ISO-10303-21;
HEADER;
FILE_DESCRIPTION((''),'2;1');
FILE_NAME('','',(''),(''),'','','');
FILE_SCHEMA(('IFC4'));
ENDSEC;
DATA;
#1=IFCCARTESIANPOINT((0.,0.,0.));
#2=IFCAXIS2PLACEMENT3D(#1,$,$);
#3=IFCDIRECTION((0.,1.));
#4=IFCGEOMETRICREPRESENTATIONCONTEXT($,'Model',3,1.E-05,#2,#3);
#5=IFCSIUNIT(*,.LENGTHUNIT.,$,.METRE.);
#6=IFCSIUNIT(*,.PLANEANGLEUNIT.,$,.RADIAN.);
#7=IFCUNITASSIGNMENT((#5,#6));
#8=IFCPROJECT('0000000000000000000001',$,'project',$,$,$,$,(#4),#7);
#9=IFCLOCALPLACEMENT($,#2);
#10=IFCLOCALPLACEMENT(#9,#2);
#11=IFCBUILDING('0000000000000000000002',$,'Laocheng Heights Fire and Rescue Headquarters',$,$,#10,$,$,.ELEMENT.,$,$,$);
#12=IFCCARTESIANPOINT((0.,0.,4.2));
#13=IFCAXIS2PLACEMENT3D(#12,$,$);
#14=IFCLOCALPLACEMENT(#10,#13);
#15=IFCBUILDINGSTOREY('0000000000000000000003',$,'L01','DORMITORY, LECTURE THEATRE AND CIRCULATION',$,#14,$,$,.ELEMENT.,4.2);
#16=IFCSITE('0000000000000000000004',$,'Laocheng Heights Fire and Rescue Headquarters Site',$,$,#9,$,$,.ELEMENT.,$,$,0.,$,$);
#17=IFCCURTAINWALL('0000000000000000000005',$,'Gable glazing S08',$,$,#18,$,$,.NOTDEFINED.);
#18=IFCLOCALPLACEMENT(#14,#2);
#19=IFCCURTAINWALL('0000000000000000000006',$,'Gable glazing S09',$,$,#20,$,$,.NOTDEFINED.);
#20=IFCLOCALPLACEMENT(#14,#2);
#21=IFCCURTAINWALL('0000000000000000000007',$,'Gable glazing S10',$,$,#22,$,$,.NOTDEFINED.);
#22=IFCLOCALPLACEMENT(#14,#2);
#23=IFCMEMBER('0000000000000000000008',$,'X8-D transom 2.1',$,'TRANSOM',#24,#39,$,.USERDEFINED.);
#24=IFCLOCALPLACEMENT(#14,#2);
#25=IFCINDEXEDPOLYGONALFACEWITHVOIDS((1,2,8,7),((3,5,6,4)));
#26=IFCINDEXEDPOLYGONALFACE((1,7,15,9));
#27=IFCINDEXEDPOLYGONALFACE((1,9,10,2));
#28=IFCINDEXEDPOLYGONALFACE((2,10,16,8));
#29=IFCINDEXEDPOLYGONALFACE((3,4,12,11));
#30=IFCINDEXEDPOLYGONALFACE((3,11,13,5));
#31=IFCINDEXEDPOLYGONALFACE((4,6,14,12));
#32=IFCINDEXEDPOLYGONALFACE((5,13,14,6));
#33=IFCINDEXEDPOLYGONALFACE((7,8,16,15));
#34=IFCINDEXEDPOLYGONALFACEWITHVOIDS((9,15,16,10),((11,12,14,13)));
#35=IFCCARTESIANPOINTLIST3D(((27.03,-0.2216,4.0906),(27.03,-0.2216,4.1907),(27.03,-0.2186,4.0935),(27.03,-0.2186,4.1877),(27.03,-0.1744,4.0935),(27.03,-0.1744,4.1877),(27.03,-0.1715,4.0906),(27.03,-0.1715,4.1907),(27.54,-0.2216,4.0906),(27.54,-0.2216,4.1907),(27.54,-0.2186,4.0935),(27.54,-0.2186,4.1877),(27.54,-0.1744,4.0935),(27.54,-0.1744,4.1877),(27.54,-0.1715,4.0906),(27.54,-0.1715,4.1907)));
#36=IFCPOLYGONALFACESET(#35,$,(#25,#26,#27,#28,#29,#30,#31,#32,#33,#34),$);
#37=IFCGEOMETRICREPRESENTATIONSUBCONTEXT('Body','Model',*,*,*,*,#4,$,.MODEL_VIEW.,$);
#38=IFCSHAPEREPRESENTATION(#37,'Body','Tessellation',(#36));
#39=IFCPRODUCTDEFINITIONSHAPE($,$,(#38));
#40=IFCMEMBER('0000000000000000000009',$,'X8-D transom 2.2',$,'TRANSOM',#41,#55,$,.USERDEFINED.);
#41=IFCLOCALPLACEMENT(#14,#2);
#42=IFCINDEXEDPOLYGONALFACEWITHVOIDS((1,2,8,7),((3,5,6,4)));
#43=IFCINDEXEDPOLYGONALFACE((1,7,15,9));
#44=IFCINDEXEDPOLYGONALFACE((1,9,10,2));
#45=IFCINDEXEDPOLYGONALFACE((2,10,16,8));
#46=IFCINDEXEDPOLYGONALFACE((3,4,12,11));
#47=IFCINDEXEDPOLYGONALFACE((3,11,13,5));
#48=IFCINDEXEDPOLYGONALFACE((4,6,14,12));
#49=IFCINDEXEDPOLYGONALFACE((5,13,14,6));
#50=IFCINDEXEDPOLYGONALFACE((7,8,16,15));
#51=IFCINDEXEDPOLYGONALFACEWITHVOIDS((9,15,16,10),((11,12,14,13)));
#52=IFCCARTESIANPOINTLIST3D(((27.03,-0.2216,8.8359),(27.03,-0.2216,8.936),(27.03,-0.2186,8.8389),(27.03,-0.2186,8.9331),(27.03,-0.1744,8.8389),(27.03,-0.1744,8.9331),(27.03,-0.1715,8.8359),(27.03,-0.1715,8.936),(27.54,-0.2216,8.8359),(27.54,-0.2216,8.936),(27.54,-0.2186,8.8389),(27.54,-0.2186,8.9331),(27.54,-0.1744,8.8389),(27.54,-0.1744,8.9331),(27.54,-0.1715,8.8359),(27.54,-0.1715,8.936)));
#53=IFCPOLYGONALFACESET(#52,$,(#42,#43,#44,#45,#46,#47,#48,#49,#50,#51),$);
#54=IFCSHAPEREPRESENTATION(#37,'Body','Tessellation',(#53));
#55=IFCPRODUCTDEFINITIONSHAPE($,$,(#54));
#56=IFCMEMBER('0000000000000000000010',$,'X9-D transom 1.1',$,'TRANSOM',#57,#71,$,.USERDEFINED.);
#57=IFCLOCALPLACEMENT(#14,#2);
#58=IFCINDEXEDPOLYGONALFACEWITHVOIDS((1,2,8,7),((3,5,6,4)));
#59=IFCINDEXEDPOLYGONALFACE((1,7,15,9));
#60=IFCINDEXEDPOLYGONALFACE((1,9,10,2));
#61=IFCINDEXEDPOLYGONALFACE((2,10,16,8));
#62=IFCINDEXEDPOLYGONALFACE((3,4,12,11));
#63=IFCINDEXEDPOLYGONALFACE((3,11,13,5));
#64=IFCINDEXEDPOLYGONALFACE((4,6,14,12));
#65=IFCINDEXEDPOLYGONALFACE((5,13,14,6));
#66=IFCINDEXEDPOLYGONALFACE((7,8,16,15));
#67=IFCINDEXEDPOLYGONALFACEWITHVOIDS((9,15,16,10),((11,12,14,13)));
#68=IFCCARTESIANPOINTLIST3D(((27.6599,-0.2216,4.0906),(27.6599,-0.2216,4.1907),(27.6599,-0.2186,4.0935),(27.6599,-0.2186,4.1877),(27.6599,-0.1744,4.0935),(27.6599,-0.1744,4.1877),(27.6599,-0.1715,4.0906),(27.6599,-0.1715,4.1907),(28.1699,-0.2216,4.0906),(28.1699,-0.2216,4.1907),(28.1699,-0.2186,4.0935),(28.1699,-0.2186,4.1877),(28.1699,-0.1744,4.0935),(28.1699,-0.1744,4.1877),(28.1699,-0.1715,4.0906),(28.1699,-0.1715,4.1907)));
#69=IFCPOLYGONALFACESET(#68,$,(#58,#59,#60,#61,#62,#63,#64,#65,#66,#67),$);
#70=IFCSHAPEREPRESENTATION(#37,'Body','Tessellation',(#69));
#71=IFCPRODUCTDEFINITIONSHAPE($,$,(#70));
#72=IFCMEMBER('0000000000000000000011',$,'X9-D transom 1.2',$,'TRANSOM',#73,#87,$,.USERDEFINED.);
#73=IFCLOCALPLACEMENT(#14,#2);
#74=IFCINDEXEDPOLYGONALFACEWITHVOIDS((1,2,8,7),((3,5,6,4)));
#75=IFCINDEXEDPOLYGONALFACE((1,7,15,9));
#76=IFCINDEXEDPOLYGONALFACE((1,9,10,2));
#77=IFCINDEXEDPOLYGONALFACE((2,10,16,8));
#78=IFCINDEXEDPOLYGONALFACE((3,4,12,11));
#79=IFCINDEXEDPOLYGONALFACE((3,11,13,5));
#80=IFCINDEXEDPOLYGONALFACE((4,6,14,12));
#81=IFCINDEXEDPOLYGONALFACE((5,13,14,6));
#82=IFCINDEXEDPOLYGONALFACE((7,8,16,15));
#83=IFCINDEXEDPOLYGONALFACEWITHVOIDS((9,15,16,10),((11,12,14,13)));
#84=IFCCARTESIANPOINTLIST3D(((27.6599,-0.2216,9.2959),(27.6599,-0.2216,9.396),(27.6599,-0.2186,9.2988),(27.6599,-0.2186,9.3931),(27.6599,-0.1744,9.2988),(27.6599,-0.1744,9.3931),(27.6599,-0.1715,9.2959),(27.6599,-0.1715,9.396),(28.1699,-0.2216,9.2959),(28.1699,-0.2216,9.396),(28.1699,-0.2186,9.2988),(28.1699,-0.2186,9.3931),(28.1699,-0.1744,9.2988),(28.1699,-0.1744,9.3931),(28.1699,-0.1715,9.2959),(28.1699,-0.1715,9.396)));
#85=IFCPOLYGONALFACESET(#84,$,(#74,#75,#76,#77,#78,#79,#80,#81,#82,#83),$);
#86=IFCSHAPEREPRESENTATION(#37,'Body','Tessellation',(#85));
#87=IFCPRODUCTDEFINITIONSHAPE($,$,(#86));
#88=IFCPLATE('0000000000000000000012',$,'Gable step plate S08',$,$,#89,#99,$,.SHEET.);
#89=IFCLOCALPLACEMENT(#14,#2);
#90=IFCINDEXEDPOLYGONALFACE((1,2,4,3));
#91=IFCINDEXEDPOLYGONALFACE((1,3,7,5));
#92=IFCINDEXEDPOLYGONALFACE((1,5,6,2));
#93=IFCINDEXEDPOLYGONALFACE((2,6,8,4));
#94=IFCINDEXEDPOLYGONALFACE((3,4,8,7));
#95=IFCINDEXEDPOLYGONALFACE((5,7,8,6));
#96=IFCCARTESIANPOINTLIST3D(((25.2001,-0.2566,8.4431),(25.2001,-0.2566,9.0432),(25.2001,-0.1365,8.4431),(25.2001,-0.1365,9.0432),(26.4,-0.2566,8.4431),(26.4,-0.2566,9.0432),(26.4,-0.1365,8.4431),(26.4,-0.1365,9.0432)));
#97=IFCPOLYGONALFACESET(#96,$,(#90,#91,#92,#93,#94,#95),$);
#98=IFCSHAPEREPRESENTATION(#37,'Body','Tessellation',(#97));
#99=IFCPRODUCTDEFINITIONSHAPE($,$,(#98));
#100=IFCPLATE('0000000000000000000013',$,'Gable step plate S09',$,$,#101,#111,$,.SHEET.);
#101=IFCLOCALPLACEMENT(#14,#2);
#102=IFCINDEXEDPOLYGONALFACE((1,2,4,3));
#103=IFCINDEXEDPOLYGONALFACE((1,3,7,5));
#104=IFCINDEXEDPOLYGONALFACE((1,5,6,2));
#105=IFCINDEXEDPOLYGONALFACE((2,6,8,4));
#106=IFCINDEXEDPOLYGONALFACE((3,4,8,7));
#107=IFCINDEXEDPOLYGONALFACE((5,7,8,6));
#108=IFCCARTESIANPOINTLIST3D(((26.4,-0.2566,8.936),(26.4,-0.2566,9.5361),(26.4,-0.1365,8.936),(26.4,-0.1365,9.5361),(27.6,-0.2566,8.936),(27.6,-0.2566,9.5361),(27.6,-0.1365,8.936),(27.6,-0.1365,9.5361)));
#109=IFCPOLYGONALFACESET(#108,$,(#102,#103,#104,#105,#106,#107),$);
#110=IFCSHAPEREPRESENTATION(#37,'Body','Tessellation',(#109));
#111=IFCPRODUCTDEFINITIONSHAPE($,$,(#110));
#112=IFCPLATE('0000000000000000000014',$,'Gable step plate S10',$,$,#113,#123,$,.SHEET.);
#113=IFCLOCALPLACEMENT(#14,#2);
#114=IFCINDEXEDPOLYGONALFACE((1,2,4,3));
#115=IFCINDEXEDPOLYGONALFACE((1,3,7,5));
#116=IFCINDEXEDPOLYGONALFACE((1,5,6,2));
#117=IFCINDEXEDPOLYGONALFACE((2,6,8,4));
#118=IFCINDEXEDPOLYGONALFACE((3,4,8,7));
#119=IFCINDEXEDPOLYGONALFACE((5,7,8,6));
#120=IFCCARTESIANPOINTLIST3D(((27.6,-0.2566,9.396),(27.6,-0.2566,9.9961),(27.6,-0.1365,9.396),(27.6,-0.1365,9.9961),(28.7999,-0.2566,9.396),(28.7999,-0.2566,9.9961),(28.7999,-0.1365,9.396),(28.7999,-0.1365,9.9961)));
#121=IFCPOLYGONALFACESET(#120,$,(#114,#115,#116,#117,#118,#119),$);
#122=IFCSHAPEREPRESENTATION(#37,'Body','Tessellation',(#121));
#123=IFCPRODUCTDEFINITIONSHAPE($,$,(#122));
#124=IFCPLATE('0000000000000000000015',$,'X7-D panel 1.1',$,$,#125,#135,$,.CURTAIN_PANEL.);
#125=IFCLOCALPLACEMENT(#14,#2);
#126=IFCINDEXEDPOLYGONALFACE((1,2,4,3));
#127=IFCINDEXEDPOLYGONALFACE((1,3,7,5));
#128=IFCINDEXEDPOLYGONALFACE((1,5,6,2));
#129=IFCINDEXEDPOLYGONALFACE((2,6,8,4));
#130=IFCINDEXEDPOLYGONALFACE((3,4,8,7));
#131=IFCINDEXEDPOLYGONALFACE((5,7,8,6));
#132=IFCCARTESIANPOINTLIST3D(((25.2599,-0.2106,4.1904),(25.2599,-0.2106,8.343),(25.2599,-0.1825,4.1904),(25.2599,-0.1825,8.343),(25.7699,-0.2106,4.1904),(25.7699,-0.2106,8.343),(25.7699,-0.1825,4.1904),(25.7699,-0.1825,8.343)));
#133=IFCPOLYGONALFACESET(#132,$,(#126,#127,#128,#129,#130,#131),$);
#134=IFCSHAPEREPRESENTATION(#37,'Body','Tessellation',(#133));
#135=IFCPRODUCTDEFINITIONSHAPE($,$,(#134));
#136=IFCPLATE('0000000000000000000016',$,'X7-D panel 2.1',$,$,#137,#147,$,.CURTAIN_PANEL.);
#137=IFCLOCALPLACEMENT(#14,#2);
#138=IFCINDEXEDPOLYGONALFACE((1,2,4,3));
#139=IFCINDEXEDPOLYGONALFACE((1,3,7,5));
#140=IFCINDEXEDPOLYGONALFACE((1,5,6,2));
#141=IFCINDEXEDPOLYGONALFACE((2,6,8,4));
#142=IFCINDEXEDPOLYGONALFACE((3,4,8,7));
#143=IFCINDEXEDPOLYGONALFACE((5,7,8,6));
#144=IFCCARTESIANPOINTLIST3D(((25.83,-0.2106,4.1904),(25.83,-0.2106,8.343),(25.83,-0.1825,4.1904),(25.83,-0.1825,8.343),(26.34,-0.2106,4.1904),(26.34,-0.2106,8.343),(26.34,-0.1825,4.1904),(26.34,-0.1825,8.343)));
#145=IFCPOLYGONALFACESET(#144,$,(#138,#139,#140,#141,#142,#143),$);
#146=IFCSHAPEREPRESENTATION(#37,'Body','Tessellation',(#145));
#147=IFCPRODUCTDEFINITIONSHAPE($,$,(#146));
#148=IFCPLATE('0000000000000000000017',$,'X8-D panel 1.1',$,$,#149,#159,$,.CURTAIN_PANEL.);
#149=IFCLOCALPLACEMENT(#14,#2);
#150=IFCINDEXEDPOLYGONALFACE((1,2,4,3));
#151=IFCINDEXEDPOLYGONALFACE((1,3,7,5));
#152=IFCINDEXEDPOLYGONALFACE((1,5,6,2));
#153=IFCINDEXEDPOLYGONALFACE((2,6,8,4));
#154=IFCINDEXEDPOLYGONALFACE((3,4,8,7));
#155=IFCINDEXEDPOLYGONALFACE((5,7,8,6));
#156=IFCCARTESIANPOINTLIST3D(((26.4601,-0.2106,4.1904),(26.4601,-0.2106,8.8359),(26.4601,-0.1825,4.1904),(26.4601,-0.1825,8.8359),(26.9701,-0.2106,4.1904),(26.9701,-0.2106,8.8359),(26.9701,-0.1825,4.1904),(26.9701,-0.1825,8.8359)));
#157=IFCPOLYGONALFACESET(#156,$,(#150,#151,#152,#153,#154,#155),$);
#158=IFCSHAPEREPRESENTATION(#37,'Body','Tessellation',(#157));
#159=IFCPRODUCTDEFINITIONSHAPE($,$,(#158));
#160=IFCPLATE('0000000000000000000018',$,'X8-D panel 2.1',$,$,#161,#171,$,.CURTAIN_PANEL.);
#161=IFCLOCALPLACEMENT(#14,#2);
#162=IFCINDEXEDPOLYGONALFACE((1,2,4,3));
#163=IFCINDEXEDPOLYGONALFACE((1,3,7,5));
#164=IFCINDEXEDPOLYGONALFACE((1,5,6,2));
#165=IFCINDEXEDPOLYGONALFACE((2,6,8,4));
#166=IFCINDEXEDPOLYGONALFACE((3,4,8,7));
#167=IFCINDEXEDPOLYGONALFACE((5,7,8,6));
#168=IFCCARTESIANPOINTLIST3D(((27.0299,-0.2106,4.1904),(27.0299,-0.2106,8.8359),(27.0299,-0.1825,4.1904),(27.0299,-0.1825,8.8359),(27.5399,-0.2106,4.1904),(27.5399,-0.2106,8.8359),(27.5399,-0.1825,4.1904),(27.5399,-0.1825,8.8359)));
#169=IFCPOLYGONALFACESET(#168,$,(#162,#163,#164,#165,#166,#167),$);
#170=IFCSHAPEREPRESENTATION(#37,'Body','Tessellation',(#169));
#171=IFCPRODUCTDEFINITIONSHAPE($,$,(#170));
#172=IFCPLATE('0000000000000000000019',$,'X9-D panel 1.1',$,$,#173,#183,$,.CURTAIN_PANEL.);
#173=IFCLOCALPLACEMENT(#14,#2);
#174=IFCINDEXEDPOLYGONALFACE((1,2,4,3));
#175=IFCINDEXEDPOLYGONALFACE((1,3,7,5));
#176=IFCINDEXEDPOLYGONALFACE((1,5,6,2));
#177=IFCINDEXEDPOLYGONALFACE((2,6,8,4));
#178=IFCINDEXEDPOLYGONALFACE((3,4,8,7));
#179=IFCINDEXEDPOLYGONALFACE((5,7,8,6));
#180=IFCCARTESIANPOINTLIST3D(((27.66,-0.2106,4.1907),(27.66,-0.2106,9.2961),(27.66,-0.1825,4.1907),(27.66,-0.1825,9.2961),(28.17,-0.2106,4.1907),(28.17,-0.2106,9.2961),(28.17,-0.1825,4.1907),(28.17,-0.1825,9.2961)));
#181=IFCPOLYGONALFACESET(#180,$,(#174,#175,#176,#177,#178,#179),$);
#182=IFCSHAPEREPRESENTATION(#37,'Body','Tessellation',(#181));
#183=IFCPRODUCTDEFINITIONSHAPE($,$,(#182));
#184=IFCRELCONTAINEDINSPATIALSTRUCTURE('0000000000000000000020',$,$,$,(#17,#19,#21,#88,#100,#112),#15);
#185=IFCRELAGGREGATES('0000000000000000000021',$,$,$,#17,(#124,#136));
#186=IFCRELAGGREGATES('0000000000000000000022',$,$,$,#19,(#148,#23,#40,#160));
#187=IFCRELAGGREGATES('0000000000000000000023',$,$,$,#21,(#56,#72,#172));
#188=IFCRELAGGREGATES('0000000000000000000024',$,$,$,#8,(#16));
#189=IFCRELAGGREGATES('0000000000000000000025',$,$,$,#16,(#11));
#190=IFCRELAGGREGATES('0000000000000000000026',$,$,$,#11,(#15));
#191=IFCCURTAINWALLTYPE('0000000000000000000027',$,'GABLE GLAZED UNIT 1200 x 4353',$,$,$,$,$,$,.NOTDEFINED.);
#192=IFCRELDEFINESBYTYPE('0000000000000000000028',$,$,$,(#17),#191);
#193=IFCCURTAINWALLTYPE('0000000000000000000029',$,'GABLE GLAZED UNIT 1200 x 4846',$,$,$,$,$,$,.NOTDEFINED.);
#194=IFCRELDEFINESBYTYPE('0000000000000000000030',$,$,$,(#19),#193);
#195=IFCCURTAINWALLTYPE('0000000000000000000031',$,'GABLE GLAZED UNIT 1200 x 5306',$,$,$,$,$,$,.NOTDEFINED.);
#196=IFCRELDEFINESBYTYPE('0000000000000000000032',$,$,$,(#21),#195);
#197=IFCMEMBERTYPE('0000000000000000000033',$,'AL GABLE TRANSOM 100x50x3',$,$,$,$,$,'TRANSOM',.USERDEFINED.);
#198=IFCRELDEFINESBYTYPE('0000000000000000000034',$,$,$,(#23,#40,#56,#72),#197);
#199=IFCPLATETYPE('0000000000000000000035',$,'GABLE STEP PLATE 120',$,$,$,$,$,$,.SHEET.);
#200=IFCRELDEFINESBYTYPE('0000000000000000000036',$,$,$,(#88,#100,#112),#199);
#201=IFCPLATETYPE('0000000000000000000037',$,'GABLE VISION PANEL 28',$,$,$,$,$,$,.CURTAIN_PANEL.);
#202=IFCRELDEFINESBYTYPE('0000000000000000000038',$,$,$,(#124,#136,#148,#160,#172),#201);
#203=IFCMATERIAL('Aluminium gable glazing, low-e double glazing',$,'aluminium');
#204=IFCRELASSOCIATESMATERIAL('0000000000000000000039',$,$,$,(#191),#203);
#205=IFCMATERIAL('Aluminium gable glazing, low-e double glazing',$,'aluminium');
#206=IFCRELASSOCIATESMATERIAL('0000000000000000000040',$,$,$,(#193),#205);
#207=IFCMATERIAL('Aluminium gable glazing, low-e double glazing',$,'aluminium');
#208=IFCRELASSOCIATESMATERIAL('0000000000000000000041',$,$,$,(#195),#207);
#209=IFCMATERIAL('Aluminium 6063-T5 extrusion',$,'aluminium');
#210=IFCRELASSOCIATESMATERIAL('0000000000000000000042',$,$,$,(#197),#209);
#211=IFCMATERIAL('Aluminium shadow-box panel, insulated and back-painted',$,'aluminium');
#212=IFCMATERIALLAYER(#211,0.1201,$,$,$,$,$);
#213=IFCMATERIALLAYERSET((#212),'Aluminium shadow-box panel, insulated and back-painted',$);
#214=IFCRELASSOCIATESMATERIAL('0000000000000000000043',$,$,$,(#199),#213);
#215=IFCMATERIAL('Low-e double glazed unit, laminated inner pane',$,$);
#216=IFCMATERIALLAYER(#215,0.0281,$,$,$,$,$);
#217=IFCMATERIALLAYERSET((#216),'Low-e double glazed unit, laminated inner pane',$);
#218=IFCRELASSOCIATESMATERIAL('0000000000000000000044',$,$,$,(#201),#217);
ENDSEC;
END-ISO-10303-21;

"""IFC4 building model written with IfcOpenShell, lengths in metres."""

from ifc_helpers import new_model, si_unit, direction, frame, origin, origin_2d, place, context, subcontext, project, spatial, rectangle, hollow_rectangle, extrude, material, layer, layer_set, material_profile, profile_set, type_object, element, aggregate, save


model = new_model("IFC4")

# Units and contexts
model_context = context("Model", 3, precision=1e-05, world=origin(), true_north=direction((0.0, 1.0)))
body_context = subcontext(model_context, "Body", "Model", "MODEL_VIEW")
ifc_project = project(units=[si_unit("LENGTHUNIT", "METRE"), si_unit("PLANEANGLEUNIT", "RADIAN")], contexts=[model_context])

# Site, building, storey
site_placement = place(None, origin())
site = spatial("IfcSite", under=ifc_project, at=site_placement, Name="Laocheng Heights Fire and Rescue Headquarters Site", CompositionType="ELEMENT", RefElevation=0.0)
building_placement = place(site_placement, origin())
building = spatial("IfcBuilding", under=site, at=building_placement, Name="Laocheng Heights Fire and Rescue Headquarters", CompositionType="ELEMENT")
storey_placement = place(building_placement, frame((0.0, 0.0, 4.2)))
storey = spatial("IfcBuildingStorey", under=building, at=storey_placement, Name="L01", Description="DORMITORY, LECTURE THEATRE AND CIRCULATION", CompositionType="ELEMENT", Elevation=4.2)

# Curtain walls
ifc_material_1 = material(Name="Aluminium gable glazing, low-e double glazing", Category="aluminium")
curtain_wall_type_1 = type_object("IfcCurtainWallType", Name="GABLE GLAZED UNIT 1200 x 4353", PredefinedType="NOTDEFINED", material=ifc_material_1)
curtain_wall_1_placement = place(storey_placement, origin())
curtain_wall_1 = element("IfcCurtainWall", 1, at=curtain_wall_1_placement, inside=storey, type_object=curtain_wall_type_1, Name="Gable glazing S08", PredefinedType="NOTDEFINED")
ifc_material_2 = material(Name="Aluminium gable glazing, low-e double glazing", Category="aluminium")
curtain_wall_type_2 = type_object("IfcCurtainWallType", Name="GABLE GLAZED UNIT 1200 x 4846", PredefinedType="NOTDEFINED", material=ifc_material_2)
curtain_wall_2_placement = place(storey_placement, origin())
curtain_wall_2 = element("IfcCurtainWall", 2, at=curtain_wall_2_placement, inside=storey, type_object=curtain_wall_type_2, Name="Gable glazing S09", PredefinedType="NOTDEFINED")
ifc_material_3 = material(Name="Aluminium gable glazing, low-e double glazing", Category="aluminium")
curtain_wall_type_3 = type_object("IfcCurtainWallType", Name="GABLE GLAZED UNIT 1200 x 5306", PredefinedType="NOTDEFINED", material=ifc_material_3)
curtain_wall_3_placement = place(storey_placement, origin())
curtain_wall_3 = element("IfcCurtainWall", 3, at=curtain_wall_3_placement, inside=storey, type_object=curtain_wall_type_3, Name="Gable glazing S10", PredefinedType="NOTDEFINED")

# Members
ifc_material_4 = material(Name="Aluminium 6063-T5 extrusion", Category="aluminium")
ifc_material_profile_1 = material_profile(ifc_material_4, hollow_rectangle(XDim=0.05, YDim=0.1001, WallThickness=0.0029, at=origin_2d()), Name="AL TRANSOM 100x50x3")
ifc_profile_set_1 = profile_set([ifc_material_profile_1], Name="Aluminium 6063-T5 extrusion")
member_type_1 = type_object("IfcMemberType", Name="AL GABLE TRANSOM 100x50x3", ElementType="TRANSOM", PredefinedType="USERDEFINED", material=ifc_profile_set_1)
member_1_placement = place(storey_placement, frame((27.03, -0.1965, 4.1406), z_axis=(1.0, 0.0, 0.0), x_axis=(0.0, 1.0, 0.0)))
member_1 = element("IfcMember", 4, at=member_1_placement, type_object=member_type_1, Name="X8-D transom 2.1", ObjectType="TRANSOM", PredefinedType="USERDEFINED", context=body_context, shape_type="SweptSolid", body=[
    extrude(hollow_rectangle(XDim=0.05, YDim=0.1001, WallThickness=0.0029, at=origin_2d()), origin(), (0.0, 0.0, 1.0), 0.51),
])
member_2_placement = place(storey_placement, frame((27.03, -0.1965, 8.886), z_axis=(1.0, 0.0, 0.0), x_axis=(0.0, 1.0, 0.0)))
member_2 = element("IfcMember", 5, at=member_2_placement, type_object=member_type_1, Name="X8-D transom 2.2", ObjectType="TRANSOM", PredefinedType="USERDEFINED", context=body_context, shape_type="SweptSolid", body=[
    extrude(hollow_rectangle(XDim=0.05, YDim=0.1001, WallThickness=0.0029, at=origin_2d()), origin(), (0.0, 0.0, 1.0), 0.51),
])
member_3_placement = place(storey_placement, frame((27.6599, -0.1965, 4.1406), z_axis=(1.0, 0.0, 0.0), x_axis=(0.0, 1.0, 0.0)))
member_3 = element("IfcMember", 6, at=member_3_placement, type_object=member_type_1, Name="X9-D transom 1.1", ObjectType="TRANSOM", PredefinedType="USERDEFINED", context=body_context, shape_type="SweptSolid", body=[
    extrude(hollow_rectangle(XDim=0.05, YDim=0.1001, WallThickness=0.0029, at=origin_2d()), origin(), (0.0, 0.0, 1.0), 0.51),
])
member_4_placement = place(storey_placement, frame((27.6599, -0.1965, 9.3459), z_axis=(1.0, 0.0, 0.0), x_axis=(0.0, 1.0, 0.0)))
member_4 = element("IfcMember", 7, at=member_4_placement, type_object=member_type_1, Name="X9-D transom 1.2", ObjectType="TRANSOM", PredefinedType="USERDEFINED", context=body_context, shape_type="SweptSolid", body=[
    extrude(hollow_rectangle(XDim=0.05, YDim=0.1001, WallThickness=0.0029, at=origin_2d()), origin(), (0.0, 0.0, 1.0), 0.51),
])

# Plates
ifc_material_5 = material(Name="Aluminium shadow-box panel, insulated and back-painted", Category="aluminium")
ifc_layer_1 = layer(ifc_material_5, 0.1201)
ifc_layer_set_1 = layer_set([ifc_layer_1], Name="Aluminium shadow-box panel, insulated and back-painted")
plate_type_1 = type_object("IfcPlateType", Name="GABLE STEP PLATE 120", PredefinedType="SHEET", material=ifc_layer_set_1)
for number, where, z_axis, x_axis, name in (
    (8, (25.8, -0.1965, 8.4431), (0.0, 0.0, 1.0), (1.0, 0.0, 0.0), "Gable step plate S08"),
    (9, (27.0, -0.1965, 8.936), (0.0, 0.0, 1.0), (1.0, 0.0, 0.0), "Gable step plate S09"),
    (10, (28.2, -0.1965, 9.396), (0.0, 0.0, 1.0), (1.0, 0.0, 0.0), "Gable step plate S10"),
):
    element("IfcPlate", number, at=place(storey_placement, frame(where, z_axis=z_axis, x_axis=x_axis)), inside=storey, type_object=plate_type_1, Name=name, PredefinedType="SHEET", context=body_context, shape_type="SweptSolid", body=[
        extrude(rectangle(XDim=1.2, YDim=0.1201, at=origin_2d()), origin(), (0.0, 0.0, 1.0), 0.6001),
    ])

# Plates
ifc_material_6 = material(Name="Low-e double glazed unit, laminated inner pane")
ifc_layer_2 = layer(ifc_material_6, 0.0281)
ifc_layer_set_2 = layer_set([ifc_layer_2], Name="Low-e double glazed unit, laminated inner pane")
plate_type_2 = type_object("IfcPlateType", Name="GABLE VISION PANEL 28", PredefinedType="CURTAIN_PANEL", material=ifc_layer_set_2)
plate_1_placement = place(storey_placement, frame((25.5149, -0.1965, 4.1904), z_axis=(0.0, 0.0, 1.0), x_axis=(1.0, 0.0, 0.0)))
plate_1 = element("IfcPlate", 11, at=plate_1_placement, type_object=plate_type_2, Name="X7-D panel 1.1", PredefinedType="CURTAIN_PANEL", context=body_context, shape_type="SweptSolid", body=[
    extrude(rectangle(XDim=0.51, YDim=0.0281, at=origin_2d()), origin(), (0.0, 0.0, 1.0), 4.1526),
])
plate_2_placement = place(storey_placement, frame((26.085, -0.1965, 4.1904), z_axis=(0.0, 0.0, 1.0), x_axis=(1.0, 0.0, 0.0)))
plate_2 = element("IfcPlate", 12, at=plate_2_placement, type_object=plate_type_2, Name="X7-D panel 2.1", PredefinedType="CURTAIN_PANEL", context=body_context, shape_type="SweptSolid", body=[
    extrude(rectangle(XDim=0.51, YDim=0.0281, at=origin_2d()), origin(), (0.0, 0.0, 1.0), 4.1526),
])
aggregate(curtain_wall_1, [plate_1, plate_2])
plate_3_placement = place(storey_placement, frame((26.7151, -0.1965, 4.1904), z_axis=(0.0, 0.0, 1.0), x_axis=(1.0, 0.0, 0.0)))
plate_3 = element("IfcPlate", 13, at=plate_3_placement, type_object=plate_type_2, Name="X8-D panel 1.1", PredefinedType="CURTAIN_PANEL", context=body_context, shape_type="SweptSolid", body=[
    extrude(rectangle(XDim=0.51, YDim=0.0281, at=origin_2d()), origin(), (0.0, 0.0, 1.0), 4.6455),
])
plate_4_placement = place(storey_placement, frame((27.2849, -0.1965, 4.1904), z_axis=(0.0, 0.0, 1.0), x_axis=(1.0, 0.0, 0.0)))
plate_4 = element("IfcPlate", 14, at=plate_4_placement, type_object=plate_type_2, Name="X8-D panel 2.1", PredefinedType="CURTAIN_PANEL", context=body_context, shape_type="SweptSolid", body=[
    extrude(rectangle(XDim=0.51, YDim=0.0281, at=origin_2d()), origin(), (0.0, 0.0, 1.0), 4.6455),
])
aggregate(curtain_wall_2, [plate_3, member_1, member_2, plate_4])
plate_5_placement = place(storey_placement, frame((27.915, -0.1965, 4.1907), z_axis=(0.0, 0.0, 1.0), x_axis=(1.0, 0.0, 0.0)))
plate_5 = element("IfcPlate", 15, at=plate_5_placement, type_object=plate_type_2, Name="X9-D panel 1.1", PredefinedType="CURTAIN_PANEL", context=body_context, shape_type="SweptSolid", body=[
    extrude(rectangle(XDim=0.51, YDim=0.0281, at=origin_2d()), origin(), (0.0, 0.0, 1.0), 5.1055),
])
aggregate(curtain_wall_3, [member_3, member_4, plate_5])

save(model, "model.ifc")
